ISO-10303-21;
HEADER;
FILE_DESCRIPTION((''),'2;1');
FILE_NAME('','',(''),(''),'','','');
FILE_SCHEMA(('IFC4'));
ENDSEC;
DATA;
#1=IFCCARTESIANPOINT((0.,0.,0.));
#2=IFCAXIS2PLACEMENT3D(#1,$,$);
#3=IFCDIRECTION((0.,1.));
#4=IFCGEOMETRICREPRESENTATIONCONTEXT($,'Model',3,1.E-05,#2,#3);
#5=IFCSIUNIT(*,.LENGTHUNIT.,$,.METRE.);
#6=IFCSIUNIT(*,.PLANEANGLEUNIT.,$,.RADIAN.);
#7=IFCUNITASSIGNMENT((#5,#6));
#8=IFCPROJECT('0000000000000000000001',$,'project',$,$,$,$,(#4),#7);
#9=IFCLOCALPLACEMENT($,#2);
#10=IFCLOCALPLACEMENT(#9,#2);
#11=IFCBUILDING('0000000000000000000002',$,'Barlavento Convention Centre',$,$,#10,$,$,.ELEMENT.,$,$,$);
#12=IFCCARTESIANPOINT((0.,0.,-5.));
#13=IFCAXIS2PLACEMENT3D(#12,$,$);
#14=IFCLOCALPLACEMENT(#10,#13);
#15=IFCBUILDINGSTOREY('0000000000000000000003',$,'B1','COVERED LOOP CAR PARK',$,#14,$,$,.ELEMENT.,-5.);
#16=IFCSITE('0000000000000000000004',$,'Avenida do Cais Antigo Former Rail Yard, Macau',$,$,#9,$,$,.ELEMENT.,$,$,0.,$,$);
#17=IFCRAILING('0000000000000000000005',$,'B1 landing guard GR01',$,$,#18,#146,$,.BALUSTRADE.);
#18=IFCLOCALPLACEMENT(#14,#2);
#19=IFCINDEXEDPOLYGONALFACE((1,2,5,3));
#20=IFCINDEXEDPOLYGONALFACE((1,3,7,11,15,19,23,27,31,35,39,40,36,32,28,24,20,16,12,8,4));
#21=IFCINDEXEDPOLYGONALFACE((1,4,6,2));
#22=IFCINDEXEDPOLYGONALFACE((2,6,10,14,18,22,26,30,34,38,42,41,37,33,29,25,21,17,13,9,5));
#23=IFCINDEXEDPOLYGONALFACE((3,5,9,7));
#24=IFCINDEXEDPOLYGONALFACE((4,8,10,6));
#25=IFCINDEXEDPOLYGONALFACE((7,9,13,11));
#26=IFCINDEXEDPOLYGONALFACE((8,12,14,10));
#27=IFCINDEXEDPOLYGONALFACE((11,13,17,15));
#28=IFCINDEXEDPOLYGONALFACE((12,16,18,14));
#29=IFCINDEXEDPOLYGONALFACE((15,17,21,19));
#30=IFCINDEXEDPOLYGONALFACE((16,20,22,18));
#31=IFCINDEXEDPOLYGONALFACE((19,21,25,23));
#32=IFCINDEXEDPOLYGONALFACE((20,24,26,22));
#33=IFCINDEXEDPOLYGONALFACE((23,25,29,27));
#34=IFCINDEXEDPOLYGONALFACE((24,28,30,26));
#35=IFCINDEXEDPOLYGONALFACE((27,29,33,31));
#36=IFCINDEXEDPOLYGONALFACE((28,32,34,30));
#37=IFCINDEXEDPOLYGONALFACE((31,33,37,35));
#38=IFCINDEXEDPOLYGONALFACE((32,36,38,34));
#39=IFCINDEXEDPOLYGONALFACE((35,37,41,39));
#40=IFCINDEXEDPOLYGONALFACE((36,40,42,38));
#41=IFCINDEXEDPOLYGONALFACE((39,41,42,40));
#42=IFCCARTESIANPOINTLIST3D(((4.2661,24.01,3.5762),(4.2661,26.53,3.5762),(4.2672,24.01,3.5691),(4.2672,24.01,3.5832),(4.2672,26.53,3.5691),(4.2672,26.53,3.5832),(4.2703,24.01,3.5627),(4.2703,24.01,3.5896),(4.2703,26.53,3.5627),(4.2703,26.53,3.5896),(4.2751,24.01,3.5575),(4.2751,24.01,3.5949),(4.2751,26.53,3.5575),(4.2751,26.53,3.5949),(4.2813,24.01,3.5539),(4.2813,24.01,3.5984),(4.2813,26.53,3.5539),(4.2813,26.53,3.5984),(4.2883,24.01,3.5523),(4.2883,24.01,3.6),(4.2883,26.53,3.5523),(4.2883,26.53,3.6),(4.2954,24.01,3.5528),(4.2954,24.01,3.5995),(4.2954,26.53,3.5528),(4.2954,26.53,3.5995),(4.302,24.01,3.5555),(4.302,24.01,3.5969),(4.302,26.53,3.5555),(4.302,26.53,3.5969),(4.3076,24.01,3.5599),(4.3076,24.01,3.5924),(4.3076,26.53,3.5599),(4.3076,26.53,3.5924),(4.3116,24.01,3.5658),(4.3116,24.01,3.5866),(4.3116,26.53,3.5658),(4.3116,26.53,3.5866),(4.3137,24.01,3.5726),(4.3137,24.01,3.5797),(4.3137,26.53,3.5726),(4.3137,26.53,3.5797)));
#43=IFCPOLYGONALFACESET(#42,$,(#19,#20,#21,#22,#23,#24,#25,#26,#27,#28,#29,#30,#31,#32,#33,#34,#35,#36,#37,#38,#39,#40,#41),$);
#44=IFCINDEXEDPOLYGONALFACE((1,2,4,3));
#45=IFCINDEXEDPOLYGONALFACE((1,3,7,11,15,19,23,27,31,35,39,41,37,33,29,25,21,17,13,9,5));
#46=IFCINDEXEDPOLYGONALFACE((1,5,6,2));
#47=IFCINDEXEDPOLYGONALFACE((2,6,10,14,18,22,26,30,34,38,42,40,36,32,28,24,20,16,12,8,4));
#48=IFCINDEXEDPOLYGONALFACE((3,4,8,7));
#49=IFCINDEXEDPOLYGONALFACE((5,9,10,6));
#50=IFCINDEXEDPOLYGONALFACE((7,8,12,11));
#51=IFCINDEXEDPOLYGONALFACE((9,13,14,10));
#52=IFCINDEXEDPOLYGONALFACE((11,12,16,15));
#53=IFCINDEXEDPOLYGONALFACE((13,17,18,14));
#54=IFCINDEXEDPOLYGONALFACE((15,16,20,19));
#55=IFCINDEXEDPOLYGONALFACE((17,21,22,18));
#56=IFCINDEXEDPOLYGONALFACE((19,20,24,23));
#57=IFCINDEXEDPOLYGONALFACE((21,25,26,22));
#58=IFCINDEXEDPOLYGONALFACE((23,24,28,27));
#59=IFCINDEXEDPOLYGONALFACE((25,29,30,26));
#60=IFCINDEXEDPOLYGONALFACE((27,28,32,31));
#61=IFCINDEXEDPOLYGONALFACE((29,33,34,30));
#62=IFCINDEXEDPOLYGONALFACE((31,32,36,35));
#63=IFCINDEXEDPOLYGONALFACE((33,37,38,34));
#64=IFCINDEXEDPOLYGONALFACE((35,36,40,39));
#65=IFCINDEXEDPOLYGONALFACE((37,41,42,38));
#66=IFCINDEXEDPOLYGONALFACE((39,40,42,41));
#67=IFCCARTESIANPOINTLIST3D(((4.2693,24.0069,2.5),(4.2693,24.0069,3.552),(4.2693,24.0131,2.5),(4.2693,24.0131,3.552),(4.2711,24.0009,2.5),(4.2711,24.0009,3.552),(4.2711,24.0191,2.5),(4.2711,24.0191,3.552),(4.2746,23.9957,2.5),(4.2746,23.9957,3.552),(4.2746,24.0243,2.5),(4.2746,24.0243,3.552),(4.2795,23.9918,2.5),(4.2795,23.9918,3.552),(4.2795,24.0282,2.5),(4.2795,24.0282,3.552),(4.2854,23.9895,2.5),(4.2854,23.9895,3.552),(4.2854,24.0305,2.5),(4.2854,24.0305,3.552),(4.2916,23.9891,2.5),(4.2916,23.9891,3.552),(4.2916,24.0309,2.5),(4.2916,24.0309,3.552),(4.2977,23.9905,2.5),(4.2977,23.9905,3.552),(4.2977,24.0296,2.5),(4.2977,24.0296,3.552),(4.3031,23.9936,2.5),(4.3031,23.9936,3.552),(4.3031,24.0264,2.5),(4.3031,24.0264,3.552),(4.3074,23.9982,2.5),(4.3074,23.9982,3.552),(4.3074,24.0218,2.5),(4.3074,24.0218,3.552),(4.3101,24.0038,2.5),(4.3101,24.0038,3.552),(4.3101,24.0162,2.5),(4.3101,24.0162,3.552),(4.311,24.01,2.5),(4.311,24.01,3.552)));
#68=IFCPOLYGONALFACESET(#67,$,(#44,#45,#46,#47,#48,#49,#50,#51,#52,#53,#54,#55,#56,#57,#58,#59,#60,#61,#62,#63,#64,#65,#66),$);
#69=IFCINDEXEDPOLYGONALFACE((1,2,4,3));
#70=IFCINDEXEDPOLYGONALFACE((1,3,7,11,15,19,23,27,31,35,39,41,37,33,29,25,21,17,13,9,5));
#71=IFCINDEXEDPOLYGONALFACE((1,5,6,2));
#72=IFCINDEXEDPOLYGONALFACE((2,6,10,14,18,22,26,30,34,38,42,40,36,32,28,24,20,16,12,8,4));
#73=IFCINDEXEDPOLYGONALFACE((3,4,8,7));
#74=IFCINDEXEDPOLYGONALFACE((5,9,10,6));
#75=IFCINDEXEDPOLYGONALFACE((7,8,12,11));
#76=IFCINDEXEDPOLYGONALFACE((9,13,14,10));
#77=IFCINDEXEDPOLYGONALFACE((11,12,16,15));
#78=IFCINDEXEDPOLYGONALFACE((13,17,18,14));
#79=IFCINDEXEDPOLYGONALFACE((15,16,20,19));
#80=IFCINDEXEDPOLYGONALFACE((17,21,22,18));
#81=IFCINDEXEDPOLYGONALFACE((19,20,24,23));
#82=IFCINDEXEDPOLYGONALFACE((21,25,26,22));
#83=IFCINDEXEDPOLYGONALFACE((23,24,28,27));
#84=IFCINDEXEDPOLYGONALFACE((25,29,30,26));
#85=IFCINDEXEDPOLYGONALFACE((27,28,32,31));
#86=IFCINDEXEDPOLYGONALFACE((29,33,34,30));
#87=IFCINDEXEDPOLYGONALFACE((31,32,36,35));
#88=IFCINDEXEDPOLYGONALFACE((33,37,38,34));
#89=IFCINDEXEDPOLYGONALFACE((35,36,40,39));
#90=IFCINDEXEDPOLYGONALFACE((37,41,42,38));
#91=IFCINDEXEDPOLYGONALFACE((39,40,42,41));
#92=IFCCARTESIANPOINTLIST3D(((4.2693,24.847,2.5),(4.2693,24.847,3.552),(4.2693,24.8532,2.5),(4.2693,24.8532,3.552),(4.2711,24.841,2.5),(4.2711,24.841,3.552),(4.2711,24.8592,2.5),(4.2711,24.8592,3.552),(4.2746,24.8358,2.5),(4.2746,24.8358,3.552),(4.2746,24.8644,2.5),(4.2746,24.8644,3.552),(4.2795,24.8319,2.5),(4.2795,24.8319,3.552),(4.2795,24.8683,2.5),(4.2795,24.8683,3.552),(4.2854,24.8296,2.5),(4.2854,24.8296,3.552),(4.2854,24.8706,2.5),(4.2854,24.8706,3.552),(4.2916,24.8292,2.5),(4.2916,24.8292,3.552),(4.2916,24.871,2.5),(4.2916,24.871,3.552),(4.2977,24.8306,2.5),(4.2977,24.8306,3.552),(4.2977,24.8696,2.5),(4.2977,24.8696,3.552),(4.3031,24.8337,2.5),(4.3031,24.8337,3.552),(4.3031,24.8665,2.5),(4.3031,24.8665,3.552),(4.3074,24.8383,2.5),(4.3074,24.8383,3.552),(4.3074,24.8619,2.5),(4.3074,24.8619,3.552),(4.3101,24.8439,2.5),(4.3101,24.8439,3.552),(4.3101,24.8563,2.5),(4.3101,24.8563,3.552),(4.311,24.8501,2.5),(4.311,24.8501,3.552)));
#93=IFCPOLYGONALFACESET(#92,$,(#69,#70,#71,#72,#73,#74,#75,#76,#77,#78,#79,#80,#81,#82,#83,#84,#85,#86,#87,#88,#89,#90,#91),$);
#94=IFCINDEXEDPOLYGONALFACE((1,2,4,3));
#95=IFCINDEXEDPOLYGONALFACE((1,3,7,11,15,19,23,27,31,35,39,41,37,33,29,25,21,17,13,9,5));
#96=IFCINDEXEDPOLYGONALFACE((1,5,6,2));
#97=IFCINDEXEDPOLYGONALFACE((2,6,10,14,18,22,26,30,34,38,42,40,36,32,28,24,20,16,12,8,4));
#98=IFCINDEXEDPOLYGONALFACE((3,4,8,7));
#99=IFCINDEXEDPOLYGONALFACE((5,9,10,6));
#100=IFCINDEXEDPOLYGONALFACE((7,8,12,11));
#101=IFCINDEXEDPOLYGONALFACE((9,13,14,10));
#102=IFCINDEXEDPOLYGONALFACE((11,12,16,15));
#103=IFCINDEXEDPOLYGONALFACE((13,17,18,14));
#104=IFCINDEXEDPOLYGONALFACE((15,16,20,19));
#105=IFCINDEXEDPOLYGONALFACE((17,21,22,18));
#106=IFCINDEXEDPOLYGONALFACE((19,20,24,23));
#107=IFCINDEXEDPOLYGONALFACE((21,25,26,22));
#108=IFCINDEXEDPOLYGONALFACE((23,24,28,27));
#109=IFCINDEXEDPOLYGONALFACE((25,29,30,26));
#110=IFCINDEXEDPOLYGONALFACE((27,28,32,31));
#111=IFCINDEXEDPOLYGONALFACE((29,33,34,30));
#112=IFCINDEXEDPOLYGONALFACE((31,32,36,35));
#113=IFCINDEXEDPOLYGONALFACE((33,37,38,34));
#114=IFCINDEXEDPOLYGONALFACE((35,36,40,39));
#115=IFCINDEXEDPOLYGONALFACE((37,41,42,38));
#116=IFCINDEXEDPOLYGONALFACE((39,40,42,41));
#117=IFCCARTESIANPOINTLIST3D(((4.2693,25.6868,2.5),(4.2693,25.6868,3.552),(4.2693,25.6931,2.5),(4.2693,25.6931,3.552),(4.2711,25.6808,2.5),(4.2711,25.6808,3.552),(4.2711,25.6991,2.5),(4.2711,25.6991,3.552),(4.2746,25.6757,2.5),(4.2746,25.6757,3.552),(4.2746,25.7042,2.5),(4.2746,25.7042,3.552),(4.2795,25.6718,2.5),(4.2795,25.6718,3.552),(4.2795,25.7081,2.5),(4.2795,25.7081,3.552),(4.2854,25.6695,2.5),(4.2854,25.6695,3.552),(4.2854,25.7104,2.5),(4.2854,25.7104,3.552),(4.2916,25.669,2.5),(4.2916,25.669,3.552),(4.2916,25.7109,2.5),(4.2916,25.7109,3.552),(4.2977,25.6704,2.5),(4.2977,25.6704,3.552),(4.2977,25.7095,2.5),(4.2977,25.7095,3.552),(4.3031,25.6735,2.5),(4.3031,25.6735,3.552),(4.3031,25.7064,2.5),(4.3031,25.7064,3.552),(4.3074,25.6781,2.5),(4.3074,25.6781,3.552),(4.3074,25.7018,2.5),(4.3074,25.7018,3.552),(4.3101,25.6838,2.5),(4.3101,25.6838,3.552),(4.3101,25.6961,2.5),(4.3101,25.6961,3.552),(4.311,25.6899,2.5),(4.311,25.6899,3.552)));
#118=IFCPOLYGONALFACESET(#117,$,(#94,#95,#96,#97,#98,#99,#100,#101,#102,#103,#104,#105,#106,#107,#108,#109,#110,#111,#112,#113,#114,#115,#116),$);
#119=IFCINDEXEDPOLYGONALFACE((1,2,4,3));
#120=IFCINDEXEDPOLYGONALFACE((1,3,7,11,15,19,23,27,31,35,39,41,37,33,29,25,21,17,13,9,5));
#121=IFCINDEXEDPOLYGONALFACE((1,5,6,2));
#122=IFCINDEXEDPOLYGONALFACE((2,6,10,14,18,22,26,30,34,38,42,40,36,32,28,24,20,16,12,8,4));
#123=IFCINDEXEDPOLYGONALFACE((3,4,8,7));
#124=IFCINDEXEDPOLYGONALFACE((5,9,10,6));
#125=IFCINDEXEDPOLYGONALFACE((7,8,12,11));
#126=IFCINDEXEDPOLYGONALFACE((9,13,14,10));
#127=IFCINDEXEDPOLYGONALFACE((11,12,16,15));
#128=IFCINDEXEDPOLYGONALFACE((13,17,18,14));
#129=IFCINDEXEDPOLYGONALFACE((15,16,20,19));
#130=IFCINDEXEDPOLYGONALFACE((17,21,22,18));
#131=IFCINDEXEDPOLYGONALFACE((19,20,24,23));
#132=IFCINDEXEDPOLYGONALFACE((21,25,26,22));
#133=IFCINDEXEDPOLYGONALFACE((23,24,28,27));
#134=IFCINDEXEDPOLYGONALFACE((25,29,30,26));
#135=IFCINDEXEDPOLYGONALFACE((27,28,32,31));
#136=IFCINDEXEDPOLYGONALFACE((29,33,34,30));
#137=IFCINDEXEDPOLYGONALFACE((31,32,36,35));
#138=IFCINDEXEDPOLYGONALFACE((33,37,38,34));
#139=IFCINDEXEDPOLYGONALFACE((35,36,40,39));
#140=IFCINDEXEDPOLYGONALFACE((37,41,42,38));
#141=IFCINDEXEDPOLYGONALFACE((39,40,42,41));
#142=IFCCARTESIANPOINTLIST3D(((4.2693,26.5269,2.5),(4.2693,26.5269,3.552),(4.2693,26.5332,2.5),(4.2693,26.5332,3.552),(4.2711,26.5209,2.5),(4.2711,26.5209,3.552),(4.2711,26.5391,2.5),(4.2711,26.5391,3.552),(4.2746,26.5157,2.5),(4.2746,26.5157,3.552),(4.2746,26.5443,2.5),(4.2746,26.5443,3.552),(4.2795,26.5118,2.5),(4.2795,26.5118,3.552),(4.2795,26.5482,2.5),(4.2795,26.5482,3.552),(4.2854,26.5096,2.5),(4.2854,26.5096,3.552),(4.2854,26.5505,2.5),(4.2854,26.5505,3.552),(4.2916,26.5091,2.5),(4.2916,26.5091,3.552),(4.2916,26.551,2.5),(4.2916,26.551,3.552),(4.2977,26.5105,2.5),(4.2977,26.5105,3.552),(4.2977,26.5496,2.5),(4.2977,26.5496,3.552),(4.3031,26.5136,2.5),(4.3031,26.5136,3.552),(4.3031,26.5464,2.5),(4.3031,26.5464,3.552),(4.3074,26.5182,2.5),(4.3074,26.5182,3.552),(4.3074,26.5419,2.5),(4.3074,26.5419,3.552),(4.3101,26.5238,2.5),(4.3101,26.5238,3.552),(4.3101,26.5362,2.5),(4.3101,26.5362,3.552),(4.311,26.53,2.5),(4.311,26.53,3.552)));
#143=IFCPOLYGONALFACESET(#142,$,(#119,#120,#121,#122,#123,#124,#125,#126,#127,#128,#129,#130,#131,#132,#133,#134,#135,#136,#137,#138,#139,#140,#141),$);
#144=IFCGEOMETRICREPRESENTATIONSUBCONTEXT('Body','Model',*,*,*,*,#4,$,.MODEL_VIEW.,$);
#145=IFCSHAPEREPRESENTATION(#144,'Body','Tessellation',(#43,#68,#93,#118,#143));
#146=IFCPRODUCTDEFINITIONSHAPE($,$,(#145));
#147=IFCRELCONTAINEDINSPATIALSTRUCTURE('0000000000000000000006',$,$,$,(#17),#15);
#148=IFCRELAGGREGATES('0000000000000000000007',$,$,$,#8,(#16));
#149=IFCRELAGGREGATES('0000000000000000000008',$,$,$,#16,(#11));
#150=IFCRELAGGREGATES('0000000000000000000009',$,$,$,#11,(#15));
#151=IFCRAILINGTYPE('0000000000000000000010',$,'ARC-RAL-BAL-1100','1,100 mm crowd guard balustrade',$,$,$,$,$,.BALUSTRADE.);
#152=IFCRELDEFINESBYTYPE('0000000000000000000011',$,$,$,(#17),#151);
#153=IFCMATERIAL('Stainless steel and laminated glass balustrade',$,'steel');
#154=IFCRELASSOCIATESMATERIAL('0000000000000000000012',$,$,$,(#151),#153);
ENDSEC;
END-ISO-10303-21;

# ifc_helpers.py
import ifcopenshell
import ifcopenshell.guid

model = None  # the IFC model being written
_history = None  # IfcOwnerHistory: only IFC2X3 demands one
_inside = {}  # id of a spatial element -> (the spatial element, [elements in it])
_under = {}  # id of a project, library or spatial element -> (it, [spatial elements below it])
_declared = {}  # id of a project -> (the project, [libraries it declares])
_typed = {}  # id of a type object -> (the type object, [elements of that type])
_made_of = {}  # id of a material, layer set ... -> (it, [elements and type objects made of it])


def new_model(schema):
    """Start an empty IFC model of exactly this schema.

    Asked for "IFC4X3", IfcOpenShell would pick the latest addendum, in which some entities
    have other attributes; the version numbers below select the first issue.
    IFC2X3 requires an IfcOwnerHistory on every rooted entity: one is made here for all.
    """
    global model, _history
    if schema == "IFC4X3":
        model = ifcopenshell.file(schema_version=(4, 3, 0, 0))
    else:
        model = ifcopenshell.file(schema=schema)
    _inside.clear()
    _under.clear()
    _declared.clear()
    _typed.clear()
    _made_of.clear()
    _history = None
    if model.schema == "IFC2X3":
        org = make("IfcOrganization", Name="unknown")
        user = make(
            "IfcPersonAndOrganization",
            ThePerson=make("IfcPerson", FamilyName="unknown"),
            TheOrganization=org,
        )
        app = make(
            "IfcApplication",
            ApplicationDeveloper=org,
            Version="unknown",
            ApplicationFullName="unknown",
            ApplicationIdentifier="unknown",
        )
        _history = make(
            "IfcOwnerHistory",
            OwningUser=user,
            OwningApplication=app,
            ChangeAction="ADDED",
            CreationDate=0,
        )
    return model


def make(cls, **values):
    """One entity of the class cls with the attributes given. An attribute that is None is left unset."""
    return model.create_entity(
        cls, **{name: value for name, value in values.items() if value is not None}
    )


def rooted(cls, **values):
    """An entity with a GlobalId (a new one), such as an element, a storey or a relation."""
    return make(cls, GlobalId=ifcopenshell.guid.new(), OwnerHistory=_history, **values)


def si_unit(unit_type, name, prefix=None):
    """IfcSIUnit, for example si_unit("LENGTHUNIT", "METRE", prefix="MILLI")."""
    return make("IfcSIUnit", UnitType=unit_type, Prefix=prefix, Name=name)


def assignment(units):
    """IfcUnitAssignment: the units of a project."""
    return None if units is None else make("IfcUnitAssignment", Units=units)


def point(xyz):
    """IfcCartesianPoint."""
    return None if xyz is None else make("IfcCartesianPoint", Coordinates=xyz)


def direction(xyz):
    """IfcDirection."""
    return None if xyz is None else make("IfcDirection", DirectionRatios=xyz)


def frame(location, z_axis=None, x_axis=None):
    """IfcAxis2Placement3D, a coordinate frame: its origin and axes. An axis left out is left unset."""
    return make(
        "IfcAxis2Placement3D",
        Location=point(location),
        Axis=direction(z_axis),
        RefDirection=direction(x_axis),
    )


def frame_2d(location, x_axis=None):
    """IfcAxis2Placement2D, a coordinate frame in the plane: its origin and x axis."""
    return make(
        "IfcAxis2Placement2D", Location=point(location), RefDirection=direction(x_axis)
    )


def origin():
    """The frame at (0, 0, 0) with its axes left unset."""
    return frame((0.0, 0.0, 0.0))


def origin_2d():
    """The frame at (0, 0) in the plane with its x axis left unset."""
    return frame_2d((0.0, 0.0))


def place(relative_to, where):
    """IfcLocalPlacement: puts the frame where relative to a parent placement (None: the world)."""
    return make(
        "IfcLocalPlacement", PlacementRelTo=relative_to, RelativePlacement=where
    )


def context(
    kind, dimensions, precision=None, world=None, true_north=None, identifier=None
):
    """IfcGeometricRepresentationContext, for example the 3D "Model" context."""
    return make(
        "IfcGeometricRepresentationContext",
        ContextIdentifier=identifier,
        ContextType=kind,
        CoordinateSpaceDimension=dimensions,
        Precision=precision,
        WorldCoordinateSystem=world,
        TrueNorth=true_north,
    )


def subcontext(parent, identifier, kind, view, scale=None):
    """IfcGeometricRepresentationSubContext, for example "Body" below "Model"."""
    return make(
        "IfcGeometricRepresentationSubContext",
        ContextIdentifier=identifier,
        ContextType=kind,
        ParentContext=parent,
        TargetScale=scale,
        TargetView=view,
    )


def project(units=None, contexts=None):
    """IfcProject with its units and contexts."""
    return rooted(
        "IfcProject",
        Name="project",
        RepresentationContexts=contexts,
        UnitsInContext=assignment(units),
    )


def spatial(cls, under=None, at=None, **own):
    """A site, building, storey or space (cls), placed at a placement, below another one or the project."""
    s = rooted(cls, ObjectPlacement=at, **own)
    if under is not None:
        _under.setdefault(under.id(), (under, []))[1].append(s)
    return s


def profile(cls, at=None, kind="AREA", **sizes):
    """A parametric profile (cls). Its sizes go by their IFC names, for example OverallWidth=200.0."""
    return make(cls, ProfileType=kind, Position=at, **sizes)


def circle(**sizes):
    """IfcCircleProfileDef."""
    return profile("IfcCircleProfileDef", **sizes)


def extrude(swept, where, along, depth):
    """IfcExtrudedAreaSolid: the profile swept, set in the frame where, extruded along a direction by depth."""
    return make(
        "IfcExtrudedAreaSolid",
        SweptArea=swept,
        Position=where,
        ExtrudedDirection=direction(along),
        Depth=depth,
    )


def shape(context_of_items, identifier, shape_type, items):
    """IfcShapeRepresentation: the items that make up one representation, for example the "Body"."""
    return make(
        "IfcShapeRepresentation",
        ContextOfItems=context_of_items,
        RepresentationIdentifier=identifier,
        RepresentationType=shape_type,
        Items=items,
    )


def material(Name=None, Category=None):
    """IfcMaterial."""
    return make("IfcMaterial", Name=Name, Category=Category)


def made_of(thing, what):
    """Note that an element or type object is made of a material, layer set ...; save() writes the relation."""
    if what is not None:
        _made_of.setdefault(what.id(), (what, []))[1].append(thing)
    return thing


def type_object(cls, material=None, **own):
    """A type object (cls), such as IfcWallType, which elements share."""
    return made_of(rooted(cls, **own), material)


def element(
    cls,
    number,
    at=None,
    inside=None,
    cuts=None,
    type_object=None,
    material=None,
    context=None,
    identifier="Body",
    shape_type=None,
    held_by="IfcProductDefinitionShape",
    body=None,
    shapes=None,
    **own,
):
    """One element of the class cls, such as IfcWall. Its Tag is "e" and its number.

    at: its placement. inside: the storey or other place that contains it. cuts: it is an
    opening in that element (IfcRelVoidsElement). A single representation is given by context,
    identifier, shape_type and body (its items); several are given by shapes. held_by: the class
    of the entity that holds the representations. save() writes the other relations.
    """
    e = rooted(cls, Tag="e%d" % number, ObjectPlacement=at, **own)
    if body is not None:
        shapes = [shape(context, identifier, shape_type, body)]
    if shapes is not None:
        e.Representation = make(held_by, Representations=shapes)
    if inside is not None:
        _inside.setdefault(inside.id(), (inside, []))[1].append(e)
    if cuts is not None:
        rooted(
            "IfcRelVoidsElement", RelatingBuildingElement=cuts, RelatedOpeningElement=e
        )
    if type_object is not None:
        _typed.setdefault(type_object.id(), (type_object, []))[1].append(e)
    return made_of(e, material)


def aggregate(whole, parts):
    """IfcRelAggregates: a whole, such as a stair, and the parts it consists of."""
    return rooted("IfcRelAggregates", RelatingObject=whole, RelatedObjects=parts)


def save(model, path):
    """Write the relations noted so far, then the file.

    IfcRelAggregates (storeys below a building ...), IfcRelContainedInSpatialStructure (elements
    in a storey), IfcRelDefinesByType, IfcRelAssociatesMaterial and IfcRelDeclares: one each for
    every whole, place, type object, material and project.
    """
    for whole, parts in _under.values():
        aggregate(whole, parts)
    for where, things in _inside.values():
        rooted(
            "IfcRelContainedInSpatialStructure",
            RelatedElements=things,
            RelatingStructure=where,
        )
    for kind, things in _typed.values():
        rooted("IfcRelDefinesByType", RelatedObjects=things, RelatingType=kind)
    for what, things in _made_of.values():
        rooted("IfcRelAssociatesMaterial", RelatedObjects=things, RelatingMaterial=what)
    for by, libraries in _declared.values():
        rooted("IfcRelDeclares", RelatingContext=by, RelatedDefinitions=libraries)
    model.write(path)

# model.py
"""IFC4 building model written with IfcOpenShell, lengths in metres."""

from ifc_helpers import new_model, si_unit, direction, frame, origin, origin_2d, place, context, subcontext, project, spatial, circle, extrude, material, type_object, element, save


model = new_model("IFC4")

# Units and contexts
model_context = context("Model", 3, precision=1e-05, world=origin(), true_north=direction((0.0, 1.0)))
body_context = subcontext(model_context, "Body", "Model", "MODEL_VIEW")
ifc_project = project(units=[si_unit("LENGTHUNIT", "METRE"), si_unit("PLANEANGLEUNIT", "RADIAN")], contexts=[model_context])

# Site, building, storey
site_placement = place(None, origin())
site = spatial("IfcSite", under=ifc_project, at=site_placement, Name="Avenida do Cais Antigo Former Rail Yard, Macau", CompositionType="ELEMENT", RefElevation=0.0)
building_placement = place(site_placement, origin())
building = spatial("IfcBuilding", under=site, at=building_placement, Name="Barlavento Convention Centre", CompositionType="ELEMENT")
storey_placement = place(building_placement, frame((0.0, 0.0, -5.0)))
storey = spatial("IfcBuildingStorey", under=building, at=storey_placement, Name="B1", Description="COVERED LOOP CAR PARK", CompositionType="ELEMENT", Elevation=-5.0)

# Railing
ifc_material_1 = material(Name="Stainless steel and laminated glass balustrade", Category="steel")
railing_type_1 = type_object("IfcRailingType", Name="ARC-RAL-BAL-1100", Description="1,100 mm crowd guard balustrade", PredefinedType="BALUSTRADE", material=ifc_material_1)
for number, where, name in (
    (1, (4.29, 24.01, 2.5), "B1 landing guard GR01"),
):
    element("IfcRailing", number, at=place(storey_placement, frame(where)), inside=storey, type_object=railing_type_1, Name=name, PredefinedType="BALUSTRADE", context=body_context, shape_type="SweptSolid", body=[
        extrude(circle(Radius=0.0239, at=origin_2d()), frame((0.0, 0.0, 1.0762), z_axis=(0.0, 1.0, 0.0), x_axis=(-1.0, 0.0, 0.0)), (0.0, 0.0, 1.0), 2.52),
        extrude(circle(Radius=0.021, at=origin_2d()), origin(), (0.0, 0.0, 1.0), 1.052),
        extrude(circle(Radius=0.021, at=origin_2d()), frame((0.0, 0.8401, 0.0)), (0.0, 0.0, 1.0), 1.052),
        extrude(circle(Radius=0.021, at=origin_2d()), frame((0.0, 1.6799, 0.0)), (0.0, 0.0, 1.0), 1.052),
        extrude(circle(Radius=0.021, at=origin_2d()), frame((0.0, 2.52, 0.0)), (0.0, 0.0, 1.0), 1.052),
    ])

save(model, "model.ifc")
